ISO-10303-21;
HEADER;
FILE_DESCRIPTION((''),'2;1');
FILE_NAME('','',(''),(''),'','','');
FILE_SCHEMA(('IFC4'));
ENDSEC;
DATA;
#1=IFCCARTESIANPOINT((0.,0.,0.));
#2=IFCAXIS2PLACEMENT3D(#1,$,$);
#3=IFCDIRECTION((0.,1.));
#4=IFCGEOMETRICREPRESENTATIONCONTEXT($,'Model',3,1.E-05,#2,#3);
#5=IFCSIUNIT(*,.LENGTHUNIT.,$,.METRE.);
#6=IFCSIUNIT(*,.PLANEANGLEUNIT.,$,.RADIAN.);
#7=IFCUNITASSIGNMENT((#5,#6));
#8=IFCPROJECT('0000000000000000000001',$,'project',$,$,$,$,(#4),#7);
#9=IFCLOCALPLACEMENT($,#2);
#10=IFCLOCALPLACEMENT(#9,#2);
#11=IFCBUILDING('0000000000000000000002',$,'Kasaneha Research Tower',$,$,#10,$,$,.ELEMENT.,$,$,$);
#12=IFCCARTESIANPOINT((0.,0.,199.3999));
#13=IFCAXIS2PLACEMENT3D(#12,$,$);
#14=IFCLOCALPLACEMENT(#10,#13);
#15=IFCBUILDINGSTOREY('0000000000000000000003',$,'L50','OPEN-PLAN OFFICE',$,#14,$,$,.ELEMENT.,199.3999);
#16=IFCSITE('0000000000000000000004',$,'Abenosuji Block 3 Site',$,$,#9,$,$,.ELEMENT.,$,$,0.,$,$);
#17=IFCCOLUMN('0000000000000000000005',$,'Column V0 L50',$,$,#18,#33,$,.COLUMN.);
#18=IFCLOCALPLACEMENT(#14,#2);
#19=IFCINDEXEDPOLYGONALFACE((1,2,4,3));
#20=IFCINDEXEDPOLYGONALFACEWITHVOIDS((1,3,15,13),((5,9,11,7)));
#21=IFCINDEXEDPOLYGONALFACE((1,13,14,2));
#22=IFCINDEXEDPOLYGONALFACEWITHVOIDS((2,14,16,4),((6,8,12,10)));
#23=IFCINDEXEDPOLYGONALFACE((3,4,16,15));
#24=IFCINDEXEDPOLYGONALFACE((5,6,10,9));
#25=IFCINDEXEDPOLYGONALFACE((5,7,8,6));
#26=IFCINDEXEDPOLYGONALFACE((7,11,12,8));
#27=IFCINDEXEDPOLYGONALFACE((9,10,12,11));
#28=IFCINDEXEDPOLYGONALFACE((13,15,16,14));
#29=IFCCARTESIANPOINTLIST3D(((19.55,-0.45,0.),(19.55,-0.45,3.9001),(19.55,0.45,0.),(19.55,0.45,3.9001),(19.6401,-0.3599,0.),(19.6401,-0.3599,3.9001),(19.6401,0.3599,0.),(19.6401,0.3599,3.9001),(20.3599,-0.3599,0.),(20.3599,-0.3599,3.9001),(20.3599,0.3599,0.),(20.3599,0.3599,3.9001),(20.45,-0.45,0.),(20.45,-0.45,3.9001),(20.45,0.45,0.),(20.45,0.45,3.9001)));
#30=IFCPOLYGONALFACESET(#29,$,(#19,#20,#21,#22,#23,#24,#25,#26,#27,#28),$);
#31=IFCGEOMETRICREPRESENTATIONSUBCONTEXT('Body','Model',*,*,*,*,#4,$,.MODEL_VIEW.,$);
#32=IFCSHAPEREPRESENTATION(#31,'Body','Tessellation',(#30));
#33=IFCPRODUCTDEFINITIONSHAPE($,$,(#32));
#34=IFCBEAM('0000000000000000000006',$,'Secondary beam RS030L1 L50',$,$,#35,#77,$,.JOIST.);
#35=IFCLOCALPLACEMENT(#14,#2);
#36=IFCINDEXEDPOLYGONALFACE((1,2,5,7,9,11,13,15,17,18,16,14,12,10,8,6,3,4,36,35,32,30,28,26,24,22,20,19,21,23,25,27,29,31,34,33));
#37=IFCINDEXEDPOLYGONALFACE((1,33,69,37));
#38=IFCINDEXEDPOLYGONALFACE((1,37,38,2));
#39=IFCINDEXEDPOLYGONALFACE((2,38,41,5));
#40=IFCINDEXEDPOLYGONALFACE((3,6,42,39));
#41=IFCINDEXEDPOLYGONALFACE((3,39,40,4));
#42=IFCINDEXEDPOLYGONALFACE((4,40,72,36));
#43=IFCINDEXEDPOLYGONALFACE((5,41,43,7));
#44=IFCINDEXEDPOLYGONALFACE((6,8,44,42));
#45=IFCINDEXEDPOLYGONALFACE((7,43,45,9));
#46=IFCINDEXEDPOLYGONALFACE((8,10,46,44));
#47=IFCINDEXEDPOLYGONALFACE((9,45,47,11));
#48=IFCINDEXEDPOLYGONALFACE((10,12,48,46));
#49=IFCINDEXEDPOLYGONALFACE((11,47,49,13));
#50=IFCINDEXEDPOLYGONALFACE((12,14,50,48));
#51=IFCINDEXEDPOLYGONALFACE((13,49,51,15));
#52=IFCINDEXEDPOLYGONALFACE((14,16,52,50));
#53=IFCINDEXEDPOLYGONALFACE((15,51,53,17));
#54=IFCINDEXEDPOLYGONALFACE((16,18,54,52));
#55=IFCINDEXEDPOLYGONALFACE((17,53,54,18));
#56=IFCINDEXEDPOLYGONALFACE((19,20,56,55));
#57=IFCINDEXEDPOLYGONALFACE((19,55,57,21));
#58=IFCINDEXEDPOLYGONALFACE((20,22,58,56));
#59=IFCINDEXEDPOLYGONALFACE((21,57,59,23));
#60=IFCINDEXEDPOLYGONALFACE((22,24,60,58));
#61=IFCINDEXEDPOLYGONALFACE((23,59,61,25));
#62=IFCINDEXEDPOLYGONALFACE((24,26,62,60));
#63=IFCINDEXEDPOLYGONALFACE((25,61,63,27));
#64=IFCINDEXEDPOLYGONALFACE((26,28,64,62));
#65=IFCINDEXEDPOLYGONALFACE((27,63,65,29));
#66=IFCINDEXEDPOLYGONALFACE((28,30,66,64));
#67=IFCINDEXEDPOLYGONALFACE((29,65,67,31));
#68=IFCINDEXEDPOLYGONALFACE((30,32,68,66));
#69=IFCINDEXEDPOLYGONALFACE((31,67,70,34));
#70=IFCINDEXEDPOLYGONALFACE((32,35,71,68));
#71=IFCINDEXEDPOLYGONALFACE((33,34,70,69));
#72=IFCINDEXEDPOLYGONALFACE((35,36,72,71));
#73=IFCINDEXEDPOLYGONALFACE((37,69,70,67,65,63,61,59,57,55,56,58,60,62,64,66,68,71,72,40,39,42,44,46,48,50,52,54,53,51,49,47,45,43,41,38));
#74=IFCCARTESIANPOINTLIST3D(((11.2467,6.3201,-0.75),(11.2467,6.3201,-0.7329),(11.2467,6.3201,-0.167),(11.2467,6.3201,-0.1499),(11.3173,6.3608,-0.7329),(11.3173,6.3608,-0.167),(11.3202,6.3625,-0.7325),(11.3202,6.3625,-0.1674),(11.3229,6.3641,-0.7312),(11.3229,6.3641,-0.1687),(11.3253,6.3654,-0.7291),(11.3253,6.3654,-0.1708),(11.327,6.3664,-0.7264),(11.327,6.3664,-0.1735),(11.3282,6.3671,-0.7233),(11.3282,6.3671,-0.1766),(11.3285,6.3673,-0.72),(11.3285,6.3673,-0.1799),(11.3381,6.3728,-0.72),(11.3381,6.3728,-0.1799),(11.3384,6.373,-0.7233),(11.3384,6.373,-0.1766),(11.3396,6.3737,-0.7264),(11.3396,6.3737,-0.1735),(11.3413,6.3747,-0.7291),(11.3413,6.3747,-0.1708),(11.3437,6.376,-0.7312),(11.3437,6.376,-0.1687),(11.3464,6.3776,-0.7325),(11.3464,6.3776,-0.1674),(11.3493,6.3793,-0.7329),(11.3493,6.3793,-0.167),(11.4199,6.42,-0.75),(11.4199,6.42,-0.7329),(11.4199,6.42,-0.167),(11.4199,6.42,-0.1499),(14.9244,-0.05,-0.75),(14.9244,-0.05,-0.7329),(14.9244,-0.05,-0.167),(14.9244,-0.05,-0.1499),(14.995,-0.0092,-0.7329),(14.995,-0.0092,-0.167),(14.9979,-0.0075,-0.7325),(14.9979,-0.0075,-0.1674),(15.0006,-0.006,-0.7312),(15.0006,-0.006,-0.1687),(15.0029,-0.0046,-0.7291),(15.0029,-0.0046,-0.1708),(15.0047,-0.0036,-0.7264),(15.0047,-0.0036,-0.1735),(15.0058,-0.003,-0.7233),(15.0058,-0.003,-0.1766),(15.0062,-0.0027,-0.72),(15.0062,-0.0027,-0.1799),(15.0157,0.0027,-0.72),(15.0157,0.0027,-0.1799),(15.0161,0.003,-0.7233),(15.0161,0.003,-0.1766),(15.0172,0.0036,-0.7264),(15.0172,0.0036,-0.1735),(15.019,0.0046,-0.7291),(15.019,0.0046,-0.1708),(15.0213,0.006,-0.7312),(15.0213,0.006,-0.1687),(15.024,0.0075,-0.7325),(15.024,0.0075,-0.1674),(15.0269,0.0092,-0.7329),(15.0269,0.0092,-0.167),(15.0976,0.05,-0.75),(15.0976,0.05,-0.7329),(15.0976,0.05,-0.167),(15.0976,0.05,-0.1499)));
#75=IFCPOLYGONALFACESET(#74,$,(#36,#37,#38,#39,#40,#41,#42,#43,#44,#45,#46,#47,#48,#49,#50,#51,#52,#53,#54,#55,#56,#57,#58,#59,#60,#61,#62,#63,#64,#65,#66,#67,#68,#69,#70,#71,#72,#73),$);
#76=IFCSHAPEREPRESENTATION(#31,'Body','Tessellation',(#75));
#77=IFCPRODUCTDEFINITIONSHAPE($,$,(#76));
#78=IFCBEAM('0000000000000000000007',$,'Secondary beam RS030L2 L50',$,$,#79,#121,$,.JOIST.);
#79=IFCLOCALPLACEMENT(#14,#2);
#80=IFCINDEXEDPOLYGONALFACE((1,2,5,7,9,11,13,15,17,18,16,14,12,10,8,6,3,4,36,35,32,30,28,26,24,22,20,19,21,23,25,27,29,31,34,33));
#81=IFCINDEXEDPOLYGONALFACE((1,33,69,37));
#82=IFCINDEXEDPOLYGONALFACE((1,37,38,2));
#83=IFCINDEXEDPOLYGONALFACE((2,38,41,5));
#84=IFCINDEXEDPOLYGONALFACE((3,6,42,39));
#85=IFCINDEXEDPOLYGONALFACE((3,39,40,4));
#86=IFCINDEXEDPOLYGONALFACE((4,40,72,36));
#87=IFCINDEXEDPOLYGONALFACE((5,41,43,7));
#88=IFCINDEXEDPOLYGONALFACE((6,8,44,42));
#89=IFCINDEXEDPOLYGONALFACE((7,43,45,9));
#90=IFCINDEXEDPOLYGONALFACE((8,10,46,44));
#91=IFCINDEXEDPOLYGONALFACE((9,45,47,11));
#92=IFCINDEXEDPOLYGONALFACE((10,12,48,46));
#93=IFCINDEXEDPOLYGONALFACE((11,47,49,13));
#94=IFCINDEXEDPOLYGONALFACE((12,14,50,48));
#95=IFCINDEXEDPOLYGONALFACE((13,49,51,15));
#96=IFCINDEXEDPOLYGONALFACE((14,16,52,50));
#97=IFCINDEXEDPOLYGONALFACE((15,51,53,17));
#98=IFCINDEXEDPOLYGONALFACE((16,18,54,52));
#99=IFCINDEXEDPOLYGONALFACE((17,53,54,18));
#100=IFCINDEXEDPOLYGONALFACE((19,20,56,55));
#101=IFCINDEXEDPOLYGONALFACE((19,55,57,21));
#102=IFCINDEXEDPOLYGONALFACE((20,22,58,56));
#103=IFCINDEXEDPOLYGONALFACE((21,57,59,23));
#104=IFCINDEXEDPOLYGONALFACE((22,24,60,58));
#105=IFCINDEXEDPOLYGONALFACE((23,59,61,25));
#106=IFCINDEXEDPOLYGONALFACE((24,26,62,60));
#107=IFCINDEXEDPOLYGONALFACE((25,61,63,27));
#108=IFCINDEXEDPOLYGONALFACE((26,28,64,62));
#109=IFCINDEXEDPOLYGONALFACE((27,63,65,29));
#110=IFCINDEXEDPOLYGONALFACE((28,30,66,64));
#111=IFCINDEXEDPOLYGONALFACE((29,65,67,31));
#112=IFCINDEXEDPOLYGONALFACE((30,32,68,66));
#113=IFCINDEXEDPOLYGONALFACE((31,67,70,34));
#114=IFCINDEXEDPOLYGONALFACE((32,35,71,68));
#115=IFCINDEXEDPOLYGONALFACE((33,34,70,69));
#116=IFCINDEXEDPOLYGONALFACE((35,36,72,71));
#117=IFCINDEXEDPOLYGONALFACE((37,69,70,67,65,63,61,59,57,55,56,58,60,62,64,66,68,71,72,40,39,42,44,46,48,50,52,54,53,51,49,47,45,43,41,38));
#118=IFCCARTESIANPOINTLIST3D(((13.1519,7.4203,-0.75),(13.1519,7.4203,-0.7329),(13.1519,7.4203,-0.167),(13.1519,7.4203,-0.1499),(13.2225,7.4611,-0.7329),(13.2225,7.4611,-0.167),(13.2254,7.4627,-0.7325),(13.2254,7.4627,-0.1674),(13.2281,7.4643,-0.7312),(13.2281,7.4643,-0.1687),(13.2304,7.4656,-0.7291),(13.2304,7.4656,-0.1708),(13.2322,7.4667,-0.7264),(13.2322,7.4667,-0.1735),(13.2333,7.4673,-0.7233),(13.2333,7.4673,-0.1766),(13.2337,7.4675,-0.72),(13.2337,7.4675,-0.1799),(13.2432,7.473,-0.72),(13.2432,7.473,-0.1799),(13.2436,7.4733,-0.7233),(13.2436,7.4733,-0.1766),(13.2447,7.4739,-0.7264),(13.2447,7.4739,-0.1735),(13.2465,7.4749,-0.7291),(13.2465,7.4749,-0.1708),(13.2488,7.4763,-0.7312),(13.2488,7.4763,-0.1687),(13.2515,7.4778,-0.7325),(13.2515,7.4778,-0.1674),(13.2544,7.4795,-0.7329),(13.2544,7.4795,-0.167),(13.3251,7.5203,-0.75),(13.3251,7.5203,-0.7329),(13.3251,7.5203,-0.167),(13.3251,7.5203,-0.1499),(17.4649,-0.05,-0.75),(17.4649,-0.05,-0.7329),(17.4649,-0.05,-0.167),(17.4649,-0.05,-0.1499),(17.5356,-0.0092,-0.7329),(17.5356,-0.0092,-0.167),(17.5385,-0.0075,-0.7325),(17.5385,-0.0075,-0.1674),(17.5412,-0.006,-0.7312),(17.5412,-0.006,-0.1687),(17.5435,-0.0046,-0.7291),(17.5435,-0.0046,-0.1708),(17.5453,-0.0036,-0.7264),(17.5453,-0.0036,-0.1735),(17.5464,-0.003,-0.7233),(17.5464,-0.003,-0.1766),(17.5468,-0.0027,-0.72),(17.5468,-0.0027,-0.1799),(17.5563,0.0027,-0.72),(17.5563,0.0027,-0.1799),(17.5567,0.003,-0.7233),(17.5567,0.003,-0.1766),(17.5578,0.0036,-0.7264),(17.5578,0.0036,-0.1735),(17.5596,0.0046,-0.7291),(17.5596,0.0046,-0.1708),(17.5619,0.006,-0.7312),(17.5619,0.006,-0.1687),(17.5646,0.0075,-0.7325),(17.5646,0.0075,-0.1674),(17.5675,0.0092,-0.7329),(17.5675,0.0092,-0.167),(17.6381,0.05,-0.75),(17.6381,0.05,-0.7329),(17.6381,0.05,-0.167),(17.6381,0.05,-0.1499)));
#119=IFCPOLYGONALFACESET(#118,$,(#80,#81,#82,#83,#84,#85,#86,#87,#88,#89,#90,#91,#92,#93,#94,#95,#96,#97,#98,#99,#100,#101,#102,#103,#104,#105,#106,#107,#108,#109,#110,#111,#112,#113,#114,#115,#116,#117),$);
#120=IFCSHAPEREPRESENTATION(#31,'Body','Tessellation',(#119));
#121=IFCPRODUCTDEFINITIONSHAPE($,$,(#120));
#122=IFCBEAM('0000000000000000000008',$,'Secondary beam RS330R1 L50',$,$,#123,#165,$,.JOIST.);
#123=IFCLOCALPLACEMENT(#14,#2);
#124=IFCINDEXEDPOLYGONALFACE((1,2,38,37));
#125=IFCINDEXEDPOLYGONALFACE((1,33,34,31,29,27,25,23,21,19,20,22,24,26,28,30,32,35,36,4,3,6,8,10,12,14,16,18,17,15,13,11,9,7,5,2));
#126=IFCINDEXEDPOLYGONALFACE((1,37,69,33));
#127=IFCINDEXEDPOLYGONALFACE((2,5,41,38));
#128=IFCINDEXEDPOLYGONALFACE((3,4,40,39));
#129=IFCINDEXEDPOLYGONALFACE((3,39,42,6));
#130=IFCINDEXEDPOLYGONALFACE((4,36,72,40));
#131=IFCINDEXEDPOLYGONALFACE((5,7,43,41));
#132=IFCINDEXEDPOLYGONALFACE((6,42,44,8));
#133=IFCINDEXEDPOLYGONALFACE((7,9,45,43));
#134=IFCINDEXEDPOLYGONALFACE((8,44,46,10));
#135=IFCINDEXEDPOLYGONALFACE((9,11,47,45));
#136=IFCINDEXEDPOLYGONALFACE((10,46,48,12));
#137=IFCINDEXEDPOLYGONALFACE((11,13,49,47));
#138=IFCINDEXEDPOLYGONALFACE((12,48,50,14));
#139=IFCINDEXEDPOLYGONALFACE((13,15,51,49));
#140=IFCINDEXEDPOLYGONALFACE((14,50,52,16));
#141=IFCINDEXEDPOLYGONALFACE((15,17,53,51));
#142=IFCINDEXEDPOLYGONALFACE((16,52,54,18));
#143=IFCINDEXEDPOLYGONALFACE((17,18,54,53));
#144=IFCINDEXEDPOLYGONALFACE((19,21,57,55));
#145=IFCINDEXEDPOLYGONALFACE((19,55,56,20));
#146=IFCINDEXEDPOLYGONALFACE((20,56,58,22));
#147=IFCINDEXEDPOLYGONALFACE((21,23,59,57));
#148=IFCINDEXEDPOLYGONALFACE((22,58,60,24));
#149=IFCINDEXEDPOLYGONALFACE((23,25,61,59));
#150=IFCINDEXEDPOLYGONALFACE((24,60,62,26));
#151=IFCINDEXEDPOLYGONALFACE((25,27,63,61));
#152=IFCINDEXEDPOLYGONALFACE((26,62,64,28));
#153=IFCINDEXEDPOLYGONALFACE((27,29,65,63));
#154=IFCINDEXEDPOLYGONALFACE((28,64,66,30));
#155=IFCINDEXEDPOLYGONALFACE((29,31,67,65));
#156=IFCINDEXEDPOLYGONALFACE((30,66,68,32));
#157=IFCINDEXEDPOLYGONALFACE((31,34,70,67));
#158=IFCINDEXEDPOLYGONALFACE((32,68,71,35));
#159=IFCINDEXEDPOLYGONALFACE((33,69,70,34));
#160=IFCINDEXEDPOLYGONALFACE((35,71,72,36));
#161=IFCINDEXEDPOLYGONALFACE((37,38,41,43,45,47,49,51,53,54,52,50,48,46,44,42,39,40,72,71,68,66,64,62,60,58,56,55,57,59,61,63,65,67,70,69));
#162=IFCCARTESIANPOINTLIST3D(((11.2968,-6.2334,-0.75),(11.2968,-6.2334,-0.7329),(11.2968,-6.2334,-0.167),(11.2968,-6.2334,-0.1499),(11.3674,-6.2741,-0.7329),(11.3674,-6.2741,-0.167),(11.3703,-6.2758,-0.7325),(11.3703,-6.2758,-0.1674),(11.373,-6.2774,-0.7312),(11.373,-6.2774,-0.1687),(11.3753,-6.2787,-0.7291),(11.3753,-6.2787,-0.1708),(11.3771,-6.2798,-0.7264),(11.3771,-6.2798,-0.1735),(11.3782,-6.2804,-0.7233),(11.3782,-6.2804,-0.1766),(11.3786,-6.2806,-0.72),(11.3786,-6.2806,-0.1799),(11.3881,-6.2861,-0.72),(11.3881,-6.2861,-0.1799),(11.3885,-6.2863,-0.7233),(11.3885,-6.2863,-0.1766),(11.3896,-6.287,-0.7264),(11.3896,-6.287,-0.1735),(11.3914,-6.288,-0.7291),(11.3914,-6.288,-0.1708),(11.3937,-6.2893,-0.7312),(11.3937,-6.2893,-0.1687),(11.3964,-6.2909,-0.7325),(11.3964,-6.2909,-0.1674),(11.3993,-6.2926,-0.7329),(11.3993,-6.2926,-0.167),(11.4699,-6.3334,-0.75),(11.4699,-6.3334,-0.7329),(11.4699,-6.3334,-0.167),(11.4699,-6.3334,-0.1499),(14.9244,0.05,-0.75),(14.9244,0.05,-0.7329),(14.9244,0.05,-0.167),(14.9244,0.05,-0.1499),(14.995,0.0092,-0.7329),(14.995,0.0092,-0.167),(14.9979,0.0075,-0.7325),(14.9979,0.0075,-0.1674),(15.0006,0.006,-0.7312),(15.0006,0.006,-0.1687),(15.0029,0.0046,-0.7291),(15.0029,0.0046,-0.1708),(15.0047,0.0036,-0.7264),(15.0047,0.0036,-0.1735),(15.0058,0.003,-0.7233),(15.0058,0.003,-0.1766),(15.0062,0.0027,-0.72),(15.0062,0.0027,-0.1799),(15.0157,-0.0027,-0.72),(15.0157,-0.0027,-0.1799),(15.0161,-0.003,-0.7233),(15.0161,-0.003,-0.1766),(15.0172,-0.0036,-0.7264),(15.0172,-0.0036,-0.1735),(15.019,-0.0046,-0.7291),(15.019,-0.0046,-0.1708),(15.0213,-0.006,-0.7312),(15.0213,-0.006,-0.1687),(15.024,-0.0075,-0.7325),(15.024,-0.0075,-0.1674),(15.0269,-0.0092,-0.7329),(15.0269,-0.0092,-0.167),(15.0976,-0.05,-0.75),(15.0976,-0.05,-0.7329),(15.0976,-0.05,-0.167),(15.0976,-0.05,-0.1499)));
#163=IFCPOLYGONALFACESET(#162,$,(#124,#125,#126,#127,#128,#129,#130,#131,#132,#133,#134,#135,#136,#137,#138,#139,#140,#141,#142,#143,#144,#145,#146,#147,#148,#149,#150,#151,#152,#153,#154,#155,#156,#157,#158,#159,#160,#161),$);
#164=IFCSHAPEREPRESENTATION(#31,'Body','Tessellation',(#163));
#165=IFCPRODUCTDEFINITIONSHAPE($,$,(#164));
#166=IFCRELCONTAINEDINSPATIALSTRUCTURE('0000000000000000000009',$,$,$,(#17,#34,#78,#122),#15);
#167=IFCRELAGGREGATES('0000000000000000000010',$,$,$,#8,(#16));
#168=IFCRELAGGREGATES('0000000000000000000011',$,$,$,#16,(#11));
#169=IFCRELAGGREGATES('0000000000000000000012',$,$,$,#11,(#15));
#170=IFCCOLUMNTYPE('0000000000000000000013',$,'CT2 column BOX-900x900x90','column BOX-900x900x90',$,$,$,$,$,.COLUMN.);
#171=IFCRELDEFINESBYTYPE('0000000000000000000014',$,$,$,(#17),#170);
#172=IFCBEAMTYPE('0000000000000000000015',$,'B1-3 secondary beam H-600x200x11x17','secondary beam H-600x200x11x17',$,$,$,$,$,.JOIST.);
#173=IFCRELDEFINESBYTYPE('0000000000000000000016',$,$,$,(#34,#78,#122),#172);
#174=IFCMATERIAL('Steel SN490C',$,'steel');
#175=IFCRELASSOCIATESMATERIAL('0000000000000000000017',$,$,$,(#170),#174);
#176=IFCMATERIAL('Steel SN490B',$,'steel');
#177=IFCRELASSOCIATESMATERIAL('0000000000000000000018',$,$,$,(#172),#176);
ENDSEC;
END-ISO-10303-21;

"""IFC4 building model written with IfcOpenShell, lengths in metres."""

from ifc_helpers import new_model, si_unit, direction, frame, origin, origin_2d, place, context, subcontext, project, spatial, hollow_rectangle, i_section, extrude, material, material_profile, profile_set, type_object, element, save


model = new_model("IFC4")

# Units and contexts
model_context = context("Model", 3, precision=1e-05, world=origin(), true_north=direction((0.0, 1.0)))
body_context = subcontext(model_context, "Body", "Model", "MODEL_VIEW")
ifc_project = project(units=[si_unit("LENGTHUNIT", "METRE"), si_unit("PLANEANGLEUNIT", "RADIAN")], contexts=[model_context])

# Site, building, storey
site_placement = place(None, origin())
site = spatial("IfcSite", under=ifc_project, at=site_placement, Name="Abenosuji Block 3 Site", CompositionType="ELEMENT", RefElevation=0.0)
building_placement = place(site_placement, origin())
building = spatial("IfcBuilding", under=site, at=building_placement, Name="Kasaneha Research Tower", CompositionType="ELEMENT")
storey_placement = place(building_placement, frame((0.0, 0.0, 199.3999)))
storey = spatial("IfcBuildingStorey", under=building, at=storey_placement, Name="L50", Description="OPEN-PLAN OFFICE", CompositionType="ELEMENT", Elevation=199.3999)

# Column
ifc_material_1 = material(Name="Steel SN490C", Category="steel")
ifc_material_profile_1 = material_profile(ifc_material_1, hollow_rectangle(XDim=0.8999, YDim=0.8999, WallThickness=0.0901, at=origin_2d()), Name="BOX-900x900x90")
ifc_profile_set_1 = profile_set([ifc_material_profile_1], Name="Steel SN490C")
column_type = type_object("IfcColumnType", Name="CT2 column BOX-900x900x90", Description="column BOX-900x900x90", PredefinedType="COLUMN", material=ifc_profile_set_1)
column_placement = place(storey_placement, frame((20.0, 0.0, 0.0), z_axis=(0.0, 0.0, 1.0), x_axis=(1.0, 0.0, 0.0)))
element("IfcColumn", 1, at=column_placement, inside=storey, type_object=column_type, Name="Column V0 L50", PredefinedType="COLUMN", context=body_context, shape_type="SweptSolid", body=[
    extrude(hollow_rectangle(XDim=0.8999, YDim=0.8999, WallThickness=0.0901, at=origin_2d()), origin(), (0.0, 0.0, 1.0), 3.9001),
])

# Beams
ifc_material_2 = material(Name="Steel SN490B", Category="steel")
ifc_material_profile_2 = material_profile(ifc_material_2, i_section(OverallWidth=0.2, OverallDepth=0.6001, WebThickness=0.011, FlangeThickness=0.0171, FilletRadius=0.0129, at=origin_2d()), Name="H-600x200x11x17")
ifc_profile_set_2 = profile_set([ifc_material_profile_2], Name="Steel SN490B")
beam_type_1 = type_object("IfcBeamType", Name="B1-3 secondary beam H-600x200x11x17", Description="secondary beam H-600x200x11x17", PredefinedType="JOIST", material=ifc_profile_set_2)
beam_1_placement = place(storey_placement, frame((15.011, 0.0, -0.45), z_axis=(-0.499994, 0.866029, 0.0), x_axis=(-0.866029, -0.499994, 0.0)))
element("IfcBeam", 2, at=beam_1_placement, inside=storey, type_object=beam_type_1, Name="Secondary beam RS030L1 L50", PredefinedType="JOIST", context=body_context, shape_type="SweptSolid", body=[
    extrude(i_section(OverallWidth=0.2, OverallDepth=0.6001, WebThickness=0.011, FlangeThickness=0.0171, FilletRadius=0.0129, at=origin_2d()), origin(), (0.0, 0.0, 1.0), 7.3555),
])
beam_2_placement = place(storey_placement, frame((17.5515, 0.0, -0.45), z_axis=(-0.500005, 0.866023, 0.0), x_axis=(-0.866023, -0.500005, 0.0)))
element("IfcBeam", 3, at=beam_2_placement, inside=storey, type_object=beam_type_1, Name="Secondary beam RS030L2 L50", PredefinedType="JOIST", context=body_context, shape_type="SweptSolid", body=[
    extrude(i_section(OverallWidth=0.2, OverallDepth=0.6001, WebThickness=0.011, FlangeThickness=0.0171, FilletRadius=0.0129, at=origin_2d()), origin(), (0.0, 0.0, 1.0), 8.626),
])
beam_3_placement = place(storey_placement, frame((15.011, 0.0, -0.45), z_axis=(-0.499993, -0.866029, 0.0), x_axis=(0.866029, -0.499993, 0.0)))
element("IfcBeam", 4, at=beam_3_placement, inside=storey, type_object=beam_type_1, Name="Secondary beam RS330R1 L50", PredefinedType="JOIST", context=body_context, shape_type="SweptSolid", body=[
    extrude(i_section(OverallWidth=0.2, OverallDepth=0.6001, WebThickness=0.011, FlangeThickness=0.0171, FilletRadius=0.0129, at=origin_2d()), origin(), (0.0, 0.0, 1.0), 7.2554),
])

save(model, "model.ifc")
